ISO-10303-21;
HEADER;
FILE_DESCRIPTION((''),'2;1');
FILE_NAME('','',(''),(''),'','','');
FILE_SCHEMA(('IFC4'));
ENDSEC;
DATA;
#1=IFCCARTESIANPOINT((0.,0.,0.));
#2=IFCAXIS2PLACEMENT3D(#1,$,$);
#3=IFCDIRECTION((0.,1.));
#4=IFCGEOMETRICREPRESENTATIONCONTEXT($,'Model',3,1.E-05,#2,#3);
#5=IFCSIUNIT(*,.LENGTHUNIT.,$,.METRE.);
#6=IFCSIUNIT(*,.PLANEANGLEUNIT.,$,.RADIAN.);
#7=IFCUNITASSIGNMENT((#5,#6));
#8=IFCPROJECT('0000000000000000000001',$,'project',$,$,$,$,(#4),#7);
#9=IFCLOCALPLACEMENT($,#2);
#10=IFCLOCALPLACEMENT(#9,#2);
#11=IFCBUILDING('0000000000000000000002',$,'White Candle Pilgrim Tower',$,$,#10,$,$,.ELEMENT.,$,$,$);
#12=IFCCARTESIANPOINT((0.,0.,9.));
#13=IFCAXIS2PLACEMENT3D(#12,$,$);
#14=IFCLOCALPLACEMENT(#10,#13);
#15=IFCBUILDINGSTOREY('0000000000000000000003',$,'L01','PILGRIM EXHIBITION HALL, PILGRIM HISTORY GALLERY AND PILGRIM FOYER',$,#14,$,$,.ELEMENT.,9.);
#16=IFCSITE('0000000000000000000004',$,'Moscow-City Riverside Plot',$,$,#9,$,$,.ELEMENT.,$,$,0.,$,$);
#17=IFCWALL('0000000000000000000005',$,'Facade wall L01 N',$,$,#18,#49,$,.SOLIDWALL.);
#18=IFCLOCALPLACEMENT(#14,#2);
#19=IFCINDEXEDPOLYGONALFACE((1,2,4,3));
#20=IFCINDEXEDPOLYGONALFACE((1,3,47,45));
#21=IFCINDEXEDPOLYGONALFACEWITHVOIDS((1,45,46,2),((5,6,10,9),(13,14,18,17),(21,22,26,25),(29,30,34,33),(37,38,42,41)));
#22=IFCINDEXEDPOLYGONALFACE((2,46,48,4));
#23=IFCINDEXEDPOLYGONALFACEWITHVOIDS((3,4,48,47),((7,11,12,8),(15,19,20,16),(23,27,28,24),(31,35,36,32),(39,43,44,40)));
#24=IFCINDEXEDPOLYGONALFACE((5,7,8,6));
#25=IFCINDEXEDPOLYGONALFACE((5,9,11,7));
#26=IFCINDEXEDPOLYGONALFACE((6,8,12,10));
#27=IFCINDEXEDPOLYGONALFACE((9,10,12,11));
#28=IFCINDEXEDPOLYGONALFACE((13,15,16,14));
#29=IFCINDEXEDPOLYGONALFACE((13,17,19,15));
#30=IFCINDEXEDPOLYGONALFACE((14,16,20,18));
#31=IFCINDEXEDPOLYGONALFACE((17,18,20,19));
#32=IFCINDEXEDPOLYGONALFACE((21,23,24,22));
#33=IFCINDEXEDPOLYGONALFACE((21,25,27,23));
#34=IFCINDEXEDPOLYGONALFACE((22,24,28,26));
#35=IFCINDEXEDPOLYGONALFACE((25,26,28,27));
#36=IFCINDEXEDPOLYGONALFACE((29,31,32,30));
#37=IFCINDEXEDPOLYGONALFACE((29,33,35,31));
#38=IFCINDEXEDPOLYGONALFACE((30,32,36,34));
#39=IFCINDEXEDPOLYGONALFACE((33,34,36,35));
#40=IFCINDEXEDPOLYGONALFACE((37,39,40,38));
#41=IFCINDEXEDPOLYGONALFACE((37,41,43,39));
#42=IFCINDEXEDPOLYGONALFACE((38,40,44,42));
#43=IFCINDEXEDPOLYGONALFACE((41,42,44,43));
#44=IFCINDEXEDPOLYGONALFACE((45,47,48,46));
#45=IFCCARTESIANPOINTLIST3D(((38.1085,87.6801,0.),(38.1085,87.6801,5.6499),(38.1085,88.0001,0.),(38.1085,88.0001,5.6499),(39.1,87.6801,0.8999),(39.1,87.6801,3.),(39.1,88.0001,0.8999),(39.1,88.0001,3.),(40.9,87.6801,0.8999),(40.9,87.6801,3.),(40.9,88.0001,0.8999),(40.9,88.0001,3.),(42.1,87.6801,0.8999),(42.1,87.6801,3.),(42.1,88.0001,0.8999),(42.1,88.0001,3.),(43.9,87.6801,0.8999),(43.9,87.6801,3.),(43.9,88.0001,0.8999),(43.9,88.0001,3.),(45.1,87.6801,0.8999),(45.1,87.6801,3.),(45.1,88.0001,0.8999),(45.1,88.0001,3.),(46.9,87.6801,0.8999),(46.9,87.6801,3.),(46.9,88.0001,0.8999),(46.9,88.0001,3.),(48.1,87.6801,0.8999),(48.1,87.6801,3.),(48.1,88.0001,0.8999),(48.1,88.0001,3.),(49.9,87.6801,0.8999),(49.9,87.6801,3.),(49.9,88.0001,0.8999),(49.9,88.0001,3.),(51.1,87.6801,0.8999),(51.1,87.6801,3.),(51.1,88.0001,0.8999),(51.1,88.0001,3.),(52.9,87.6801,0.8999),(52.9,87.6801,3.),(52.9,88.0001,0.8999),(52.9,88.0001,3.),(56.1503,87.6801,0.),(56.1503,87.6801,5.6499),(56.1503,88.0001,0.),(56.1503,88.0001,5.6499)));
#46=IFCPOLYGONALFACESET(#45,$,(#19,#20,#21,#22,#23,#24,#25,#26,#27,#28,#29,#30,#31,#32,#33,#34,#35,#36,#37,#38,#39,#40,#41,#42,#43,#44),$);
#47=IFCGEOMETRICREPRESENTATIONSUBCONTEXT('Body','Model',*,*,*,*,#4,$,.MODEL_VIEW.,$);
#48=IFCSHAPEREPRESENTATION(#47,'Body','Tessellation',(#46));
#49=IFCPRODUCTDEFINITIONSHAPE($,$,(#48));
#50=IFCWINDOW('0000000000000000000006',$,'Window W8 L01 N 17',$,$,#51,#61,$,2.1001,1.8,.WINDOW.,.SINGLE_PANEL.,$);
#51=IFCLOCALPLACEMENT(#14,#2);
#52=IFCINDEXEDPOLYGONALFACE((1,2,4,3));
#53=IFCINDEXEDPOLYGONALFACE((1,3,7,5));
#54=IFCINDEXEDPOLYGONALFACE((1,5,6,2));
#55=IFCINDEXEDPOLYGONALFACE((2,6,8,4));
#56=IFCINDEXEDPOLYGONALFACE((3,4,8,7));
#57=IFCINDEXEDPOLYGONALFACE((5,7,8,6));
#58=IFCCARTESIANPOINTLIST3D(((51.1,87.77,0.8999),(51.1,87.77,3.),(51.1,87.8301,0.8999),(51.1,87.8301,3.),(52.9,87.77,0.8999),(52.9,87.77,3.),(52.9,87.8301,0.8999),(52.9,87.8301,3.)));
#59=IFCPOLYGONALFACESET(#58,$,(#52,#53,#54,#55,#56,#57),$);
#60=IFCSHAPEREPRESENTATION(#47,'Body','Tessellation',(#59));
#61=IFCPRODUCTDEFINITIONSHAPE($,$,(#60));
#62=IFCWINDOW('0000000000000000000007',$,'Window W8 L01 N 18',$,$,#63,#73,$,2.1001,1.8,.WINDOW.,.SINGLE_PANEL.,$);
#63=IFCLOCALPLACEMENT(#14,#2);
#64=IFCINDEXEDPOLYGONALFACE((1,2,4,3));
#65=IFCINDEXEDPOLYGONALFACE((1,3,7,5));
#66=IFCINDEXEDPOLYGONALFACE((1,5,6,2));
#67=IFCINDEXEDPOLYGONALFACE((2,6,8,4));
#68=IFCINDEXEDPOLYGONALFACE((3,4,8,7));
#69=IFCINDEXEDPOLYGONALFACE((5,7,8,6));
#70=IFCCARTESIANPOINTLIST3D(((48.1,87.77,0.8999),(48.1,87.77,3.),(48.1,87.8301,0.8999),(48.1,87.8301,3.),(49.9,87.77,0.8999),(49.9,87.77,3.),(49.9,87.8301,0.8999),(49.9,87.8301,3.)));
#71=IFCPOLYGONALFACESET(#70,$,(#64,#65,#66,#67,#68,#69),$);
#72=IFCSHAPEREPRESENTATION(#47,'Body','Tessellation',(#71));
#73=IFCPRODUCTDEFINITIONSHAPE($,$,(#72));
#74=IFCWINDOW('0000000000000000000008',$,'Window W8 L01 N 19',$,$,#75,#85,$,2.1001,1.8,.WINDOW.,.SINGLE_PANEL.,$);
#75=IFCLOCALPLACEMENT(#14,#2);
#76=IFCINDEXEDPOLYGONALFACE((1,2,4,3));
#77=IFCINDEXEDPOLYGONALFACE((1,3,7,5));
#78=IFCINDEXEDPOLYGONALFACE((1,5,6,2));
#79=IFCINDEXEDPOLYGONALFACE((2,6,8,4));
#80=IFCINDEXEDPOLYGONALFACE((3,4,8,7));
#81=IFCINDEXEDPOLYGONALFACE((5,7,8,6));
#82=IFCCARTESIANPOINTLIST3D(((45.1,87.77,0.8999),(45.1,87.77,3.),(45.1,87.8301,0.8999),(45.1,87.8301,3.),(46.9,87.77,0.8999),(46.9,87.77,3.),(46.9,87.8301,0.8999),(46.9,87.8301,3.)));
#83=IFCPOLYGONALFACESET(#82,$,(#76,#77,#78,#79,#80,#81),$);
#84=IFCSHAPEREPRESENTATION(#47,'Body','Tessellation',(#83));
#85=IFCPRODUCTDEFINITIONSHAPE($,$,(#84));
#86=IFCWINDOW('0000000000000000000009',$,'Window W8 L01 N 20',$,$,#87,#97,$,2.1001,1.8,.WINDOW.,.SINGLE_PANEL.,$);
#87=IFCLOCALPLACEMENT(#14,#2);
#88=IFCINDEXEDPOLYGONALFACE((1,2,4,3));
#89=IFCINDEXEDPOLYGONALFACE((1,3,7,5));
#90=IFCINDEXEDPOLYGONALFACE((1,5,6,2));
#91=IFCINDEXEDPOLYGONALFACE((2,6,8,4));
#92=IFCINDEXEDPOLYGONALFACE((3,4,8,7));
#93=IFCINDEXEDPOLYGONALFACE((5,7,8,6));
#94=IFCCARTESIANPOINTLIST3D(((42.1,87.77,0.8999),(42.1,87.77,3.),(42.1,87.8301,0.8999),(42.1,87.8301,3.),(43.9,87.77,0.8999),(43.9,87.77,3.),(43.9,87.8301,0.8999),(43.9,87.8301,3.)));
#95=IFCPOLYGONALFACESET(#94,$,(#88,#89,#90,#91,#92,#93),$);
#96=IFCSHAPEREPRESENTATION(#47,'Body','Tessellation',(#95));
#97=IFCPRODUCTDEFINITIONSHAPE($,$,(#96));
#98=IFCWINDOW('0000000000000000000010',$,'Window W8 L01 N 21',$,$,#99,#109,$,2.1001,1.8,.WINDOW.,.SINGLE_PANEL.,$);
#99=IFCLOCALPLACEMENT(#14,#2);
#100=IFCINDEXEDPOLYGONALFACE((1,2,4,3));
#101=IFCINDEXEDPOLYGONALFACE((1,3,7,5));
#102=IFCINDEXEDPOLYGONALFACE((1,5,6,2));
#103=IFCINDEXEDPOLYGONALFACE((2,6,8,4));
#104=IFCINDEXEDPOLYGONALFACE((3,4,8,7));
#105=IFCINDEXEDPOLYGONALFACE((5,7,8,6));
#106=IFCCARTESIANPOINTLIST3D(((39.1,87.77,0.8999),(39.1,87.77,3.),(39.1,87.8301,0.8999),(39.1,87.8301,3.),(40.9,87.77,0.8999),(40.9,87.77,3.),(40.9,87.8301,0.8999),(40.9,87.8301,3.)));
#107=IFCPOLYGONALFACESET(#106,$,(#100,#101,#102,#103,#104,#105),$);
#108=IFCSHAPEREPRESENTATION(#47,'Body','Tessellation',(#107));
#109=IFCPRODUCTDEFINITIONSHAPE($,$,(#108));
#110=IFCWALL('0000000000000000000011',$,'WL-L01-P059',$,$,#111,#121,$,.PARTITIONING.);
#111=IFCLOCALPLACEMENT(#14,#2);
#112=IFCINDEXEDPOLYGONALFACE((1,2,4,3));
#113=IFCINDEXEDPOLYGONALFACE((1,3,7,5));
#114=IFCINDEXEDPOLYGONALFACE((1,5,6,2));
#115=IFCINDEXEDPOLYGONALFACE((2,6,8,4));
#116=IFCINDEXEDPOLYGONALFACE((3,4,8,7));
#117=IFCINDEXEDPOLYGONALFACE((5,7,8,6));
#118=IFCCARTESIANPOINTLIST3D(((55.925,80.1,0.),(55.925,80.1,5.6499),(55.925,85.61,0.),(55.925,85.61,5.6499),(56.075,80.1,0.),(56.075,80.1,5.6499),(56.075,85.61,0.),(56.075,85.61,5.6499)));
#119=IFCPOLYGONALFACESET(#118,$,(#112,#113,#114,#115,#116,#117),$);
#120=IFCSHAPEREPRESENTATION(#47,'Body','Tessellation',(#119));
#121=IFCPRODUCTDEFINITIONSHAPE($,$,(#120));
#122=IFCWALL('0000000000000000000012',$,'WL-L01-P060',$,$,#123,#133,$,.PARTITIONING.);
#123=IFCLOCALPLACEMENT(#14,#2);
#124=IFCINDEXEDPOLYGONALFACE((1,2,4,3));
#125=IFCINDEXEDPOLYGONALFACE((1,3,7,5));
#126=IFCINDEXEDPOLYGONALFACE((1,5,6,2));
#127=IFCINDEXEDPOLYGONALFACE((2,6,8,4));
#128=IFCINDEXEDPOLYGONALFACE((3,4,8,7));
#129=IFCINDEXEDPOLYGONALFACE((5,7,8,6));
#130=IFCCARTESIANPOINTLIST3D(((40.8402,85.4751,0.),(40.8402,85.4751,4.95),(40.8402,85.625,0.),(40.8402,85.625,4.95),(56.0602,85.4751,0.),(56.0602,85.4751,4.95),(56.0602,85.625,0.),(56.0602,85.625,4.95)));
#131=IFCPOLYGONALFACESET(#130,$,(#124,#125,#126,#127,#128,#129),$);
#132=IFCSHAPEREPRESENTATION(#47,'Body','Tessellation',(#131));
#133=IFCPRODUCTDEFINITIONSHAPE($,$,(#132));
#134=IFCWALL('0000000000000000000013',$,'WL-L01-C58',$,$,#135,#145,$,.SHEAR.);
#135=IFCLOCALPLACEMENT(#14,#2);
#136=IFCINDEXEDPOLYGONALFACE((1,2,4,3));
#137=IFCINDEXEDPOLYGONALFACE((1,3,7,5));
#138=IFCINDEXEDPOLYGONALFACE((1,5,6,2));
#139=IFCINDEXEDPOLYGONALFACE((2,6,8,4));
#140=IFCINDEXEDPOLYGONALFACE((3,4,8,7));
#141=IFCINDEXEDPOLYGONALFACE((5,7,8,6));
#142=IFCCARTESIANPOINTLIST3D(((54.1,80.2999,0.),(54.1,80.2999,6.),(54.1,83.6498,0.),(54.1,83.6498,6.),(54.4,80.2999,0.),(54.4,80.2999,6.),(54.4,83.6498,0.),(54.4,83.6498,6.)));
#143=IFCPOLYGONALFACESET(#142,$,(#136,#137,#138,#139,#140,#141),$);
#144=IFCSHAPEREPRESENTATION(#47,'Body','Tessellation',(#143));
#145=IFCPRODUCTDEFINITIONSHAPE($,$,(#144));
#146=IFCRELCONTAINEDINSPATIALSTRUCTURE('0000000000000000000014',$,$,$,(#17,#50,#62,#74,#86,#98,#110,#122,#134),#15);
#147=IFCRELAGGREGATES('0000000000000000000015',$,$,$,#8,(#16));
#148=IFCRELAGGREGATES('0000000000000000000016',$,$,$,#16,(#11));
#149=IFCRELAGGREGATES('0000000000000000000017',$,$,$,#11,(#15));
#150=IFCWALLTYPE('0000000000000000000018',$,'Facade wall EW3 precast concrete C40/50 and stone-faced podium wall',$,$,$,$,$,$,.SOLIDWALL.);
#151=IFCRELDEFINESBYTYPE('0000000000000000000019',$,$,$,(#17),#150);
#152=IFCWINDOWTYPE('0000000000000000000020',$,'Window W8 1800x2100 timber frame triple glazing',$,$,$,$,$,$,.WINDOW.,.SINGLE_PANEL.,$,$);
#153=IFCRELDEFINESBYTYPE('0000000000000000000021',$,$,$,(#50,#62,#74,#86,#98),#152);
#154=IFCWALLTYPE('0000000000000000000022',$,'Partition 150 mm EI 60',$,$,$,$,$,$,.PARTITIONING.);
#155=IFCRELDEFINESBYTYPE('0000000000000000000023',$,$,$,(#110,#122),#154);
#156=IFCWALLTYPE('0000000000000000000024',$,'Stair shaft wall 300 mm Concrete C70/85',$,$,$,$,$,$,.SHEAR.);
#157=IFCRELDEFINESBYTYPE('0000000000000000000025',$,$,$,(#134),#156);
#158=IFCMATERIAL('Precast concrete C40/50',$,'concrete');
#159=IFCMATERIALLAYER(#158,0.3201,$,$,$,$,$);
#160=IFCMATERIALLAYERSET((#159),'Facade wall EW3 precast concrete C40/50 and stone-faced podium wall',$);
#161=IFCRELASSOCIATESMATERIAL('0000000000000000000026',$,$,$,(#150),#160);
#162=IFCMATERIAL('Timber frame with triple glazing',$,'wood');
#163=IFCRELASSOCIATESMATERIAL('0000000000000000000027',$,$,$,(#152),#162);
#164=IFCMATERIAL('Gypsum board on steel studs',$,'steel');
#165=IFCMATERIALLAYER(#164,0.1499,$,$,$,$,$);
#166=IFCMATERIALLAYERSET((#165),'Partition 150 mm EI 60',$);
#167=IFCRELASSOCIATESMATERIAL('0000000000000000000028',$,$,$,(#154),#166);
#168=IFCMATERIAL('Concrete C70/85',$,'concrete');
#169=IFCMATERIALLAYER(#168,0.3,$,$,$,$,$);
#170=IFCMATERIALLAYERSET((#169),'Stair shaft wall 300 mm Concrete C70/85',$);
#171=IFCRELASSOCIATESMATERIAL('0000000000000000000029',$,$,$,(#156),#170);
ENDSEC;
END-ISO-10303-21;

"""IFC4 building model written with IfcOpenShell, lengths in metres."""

from ifc_helpers import new_model, si_unit, direction, frame, frame_2d, origin, place, context, subcontext, project, spatial, rectangle, extrude, material, layer, layer_set, type_object, element, fill, save


model = new_model("IFC4")

# Units and contexts
model_context = context("Model", 3, precision=1e-05, world=origin(), true_north=direction((0.0, 1.0)))
body_context = subcontext(model_context, "Body", "Model", "MODEL_VIEW")
ifc_project = project(units=[si_unit("LENGTHUNIT", "METRE"), si_unit("PLANEANGLEUNIT", "RADIAN")], contexts=[model_context])

# Site, building, storey
site_placement = place(None, origin())
site = spatial("IfcSite", under=ifc_project, at=site_placement, Name="Moscow-City Riverside Plot", CompositionType="ELEMENT", RefElevation=0.0)
building_placement = place(site_placement, origin())
building = spatial("IfcBuilding", under=site, at=building_placement, Name="White Candle Pilgrim Tower", CompositionType="ELEMENT")
storey_placement = place(building_placement, frame((0.0, 0.0, 9.0)))
storey = spatial("IfcBuildingStorey", under=building, at=storey_placement, Name="L01", Description="PILGRIM EXHIBITION HALL, PILGRIM HISTORY GALLERY AND PILGRIM FOYER", CompositionType="ELEMENT", Elevation=9.0)

# Wall, openings, windows
ifc_material_1 = material(Name="Precast concrete C40/50", Category="concrete")
ifc_layer_1 = layer(ifc_material_1, 0.3201)
ifc_layer_set_1 = layer_set([ifc_layer_1], Name="Facade wall EW3 precast concrete C40/50 and stone-faced podium wall")
wall_type_1 = type_object("IfcWallType", Name="Facade wall EW3 precast concrete C40/50 and stone-faced podium wall", PredefinedType="SOLIDWALL", material=ifc_layer_set_1)
wall_1_placement = place(storey_placement, frame((56.1504, 87.8401, 0.0), z_axis=(0.0, 0.0, 1.0), x_axis=(-1.0, 0.0, 0.0)))
wall_1 = element("IfcWall", 1, at=wall_1_placement, inside=storey, type_object=wall_type_1, Name="Facade wall L01 N", PredefinedType="SOLIDWALL", context=body_context, shape_type="SweptSolid", body=[
    extrude(rectangle(XDim=18.0417, YDim=0.3201, at=frame_2d((9.021, 0.0))), origin(), (0.0, 0.0, 1.0), 5.6499),
])
opening_1_placement = place(wall_1_placement, frame((3.2505, 0.0, 0.8999)))
opening_1 = element("IfcOpeningElement", 2, at=opening_1_placement, cuts=wall_1, PredefinedType="OPENING", context=body_context, shape_type="SweptSolid", body=[
    extrude(rectangle(XDim=1.8, YDim=2.1001, at=frame_2d((0.8999, 1.05))), frame((0.0, 0.1699, 0.0), z_axis=(0.0, -1.0, 0.0), x_axis=(1.0, 0.0, 0.0)), (0.0, 0.0, 1.0), 0.3401),
])
opening_2_placement = place(wall_1_placement, frame((6.2505, 0.0, 0.8999)))
opening_2 = element("IfcOpeningElement", 3, at=opening_2_placement, cuts=wall_1, PredefinedType="OPENING", context=body_context, shape_type="SweptSolid", body=[
    extrude(rectangle(XDim=1.8, YDim=2.1001, at=frame_2d((0.8999, 1.05))), frame((0.0, 0.1699, 0.0), z_axis=(0.0, -1.0, 0.0), x_axis=(1.0, 0.0, 0.0)), (0.0, 0.0, 1.0), 0.3401),
])
opening_3_placement = place(wall_1_placement, frame((9.2505, 0.0, 0.8999)))
opening_3 = element("IfcOpeningElement", 4, at=opening_3_placement, cuts=wall_1, PredefinedType="OPENING", context=body_context, shape_type="SweptSolid", body=[
    extrude(rectangle(XDim=1.8, YDim=2.1001, at=frame_2d((0.8999, 1.05))), frame((0.0, 0.1699, 0.0), z_axis=(0.0, -1.0, 0.0), x_axis=(1.0, 0.0, 0.0)), (0.0, 0.0, 1.0), 0.3401),
])
opening_4_placement = place(wall_1_placement, frame((12.2505, 0.0, 0.8999)))
opening_4 = element("IfcOpeningElement", 5, at=opening_4_placement, cuts=wall_1, PredefinedType="OPENING", context=body_context, shape_type="SweptSolid", body=[
    extrude(rectangle(XDim=1.8, YDim=2.1001, at=frame_2d((0.8999, 1.05))), frame((0.0, 0.1699, 0.0), z_axis=(0.0, -1.0, 0.0), x_axis=(1.0, 0.0, 0.0)), (0.0, 0.0, 1.0), 0.3401),
])
opening_5_placement = place(wall_1_placement, frame((15.2505, 0.0, 0.8999)))
opening_5 = element("IfcOpeningElement", 6, at=opening_5_placement, cuts=wall_1, PredefinedType="OPENING", context=body_context, shape_type="SweptSolid", body=[
    extrude(rectangle(XDim=1.8, YDim=2.1001, at=frame_2d((0.8999, 1.05))), frame((0.0, 0.1699, 0.0), z_axis=(0.0, -1.0, 0.0), x_axis=(1.0, 0.0, 0.0)), (0.0, 0.0, 1.0), 0.3401),
])
ifc_material_2 = material(Name="Timber frame with triple glazing", Category="wood")
window_type = type_object("IfcWindowType", Name="Window W8 1800x2100 timber frame triple glazing", PartitioningType="SINGLE_PANEL", PredefinedType="WINDOW", material=ifc_material_2)
window_1_placement = place(opening_1_placement, origin())
window_1 = element("IfcWindow", 7, at=window_1_placement, inside=storey, type_object=window_type, Name="Window W8 L01 N 17", OverallHeight=2.1001, OverallWidth=1.8, PartitioningType="SINGLE_PANEL", PredefinedType="WINDOW", context=body_context, shape_type="SweptSolid", body=[
    extrude(rectangle(XDim=1.8, YDim=2.1001, at=frame_2d((0.8999, 1.05))), frame((0.0, 0.0701, 0.0), z_axis=(0.0, -1.0, 0.0), x_axis=(1.0, 0.0, 0.0)), (0.0, 0.0, 1.0), 0.0601),
])
fill(opening_1, window_1)
window_2_placement = place(opening_2_placement, origin())
window_2 = element("IfcWindow", 8, at=window_2_placement, inside=storey, type_object=window_type, Name="Window W8 L01 N 18", OverallHeight=2.1001, OverallWidth=1.8, PartitioningType="SINGLE_PANEL", PredefinedType="WINDOW", context=body_context, shape_type="SweptSolid", body=[
    extrude(rectangle(XDim=1.8, YDim=2.1001, at=frame_2d((0.8999, 1.05))), frame((0.0, 0.0701, 0.0), z_axis=(0.0, -1.0, 0.0), x_axis=(1.0, 0.0, 0.0)), (0.0, 0.0, 1.0), 0.0601),
])
fill(opening_2, window_2)
window_3_placement = place(opening_3_placement, origin())
window_3 = element("IfcWindow", 9, at=window_3_placement, inside=storey, type_object=window_type, Name="Window W8 L01 N 19", OverallHeight=2.1001, OverallWidth=1.8, PartitioningType="SINGLE_PANEL", PredefinedType="WINDOW", context=body_context, shape_type="SweptSolid", body=[
    extrude(rectangle(XDim=1.8, YDim=2.1001, at=frame_2d((0.8999, 1.05))), frame((0.0, 0.0701, 0.0), z_axis=(0.0, -1.0, 0.0), x_axis=(1.0, 0.0, 0.0)), (0.0, 0.0, 1.0), 0.0601),
])
fill(opening_3, window_3)
window_4_placement = place(opening_4_placement, origin())
window_4 = element("IfcWindow", 10, at=window_4_placement, inside=storey, type_object=window_type, Name="Window W8 L01 N 20", OverallHeight=2.1001, OverallWidth=1.8, PartitioningType="SINGLE_PANEL", PredefinedType="WINDOW", context=body_context, shape_type="SweptSolid", body=[
    extrude(rectangle(XDim=1.8, YDim=2.1001, at=frame_2d((0.8999, 1.05))), frame((0.0, 0.0701, 0.0), z_axis=(0.0, -1.0, 0.0), x_axis=(1.0, 0.0, 0.0)), (0.0, 0.0, 1.0), 0.0601),
])
fill(opening_4, window_4)
window_5_placement = place(opening_5_placement, origin())
window_5 = element("IfcWindow", 11, at=window_5_placement, inside=storey, type_object=window_type, Name="Window W8 L01 N 21", OverallHeight=2.1001, OverallWidth=1.8, PartitioningType="SINGLE_PANEL", PredefinedType="WINDOW", context=body_context, shape_type="SweptSolid", body=[
    extrude(rectangle(XDim=1.8, YDim=2.1001, at=frame_2d((0.8999, 1.05))), frame((0.0, 0.0701, 0.0), z_axis=(0.0, -1.0, 0.0), x_axis=(1.0, 0.0, 0.0)), (0.0, 0.0, 1.0), 0.0601),
])
fill(opening_5, window_5)

# Walls
ifc_material_3 = material(Name="Gypsum board on steel studs", Category="steel")
ifc_layer_2 = layer(ifc_material_3, 0.1499)
ifc_layer_set_2 = layer_set([ifc_layer_2], Name="Partition 150 mm EI 60")
wall_type_2 = type_object("IfcWallType", Name="Partition 150 mm EI 60", PredefinedType="PARTITIONING", material=ifc_layer_set_2)
wall_2_placement = place(storey_placement, frame((56.0, 80.1001, 0.0), z_axis=(0.0, 0.0, 1.0), x_axis=(0.0, 1.0, 0.0)))
element("IfcWall", 12, at=wall_2_placement, inside=storey, type_object=wall_type_2, Name="WL-L01-P059", PredefinedType="PARTITIONING", context=body_context, shape_type="SweptSolid", body=[
    extrude(rectangle(XDim=5.51, YDim=0.1499, at=frame_2d((2.7549, 0.0))), origin(), (0.0, 0.0, 1.0), 5.6499),
])
wall_3_placement = place(storey_placement, frame((56.0601, 85.55, 0.0), z_axis=(0.0, 0.0, 1.0), x_axis=(-1.0, 0.0, 0.0)))
element("IfcWall", 13, at=wall_3_placement, inside=storey, type_object=wall_type_2, Name="WL-L01-P060", PredefinedType="PARTITIONING", context=body_context, shape_type="SweptSolid", body=[
    extrude(rectangle(XDim=15.22, YDim=0.1499, at=frame_2d((7.6099, 0.0))), origin(), (0.0, 0.0, 1.0), 4.95),
])
ifc_material_4 = material(Name="Concrete C70/85", Category="concrete")
ifc_layer_3 = layer(ifc_material_4, 0.3)
ifc_layer_set_3 = layer_set([ifc_layer_3], Name="Stair shaft wall 300 mm Concrete C70/85")
wall_type_3 = type_object("IfcWallType", Name="Stair shaft wall 300 mm Concrete C70/85", PredefinedType="SHEAR", material=ifc_layer_set_3)
wall_4_placement = place(storey_placement, frame((54.25, 80.3, 0.0), z_axis=(0.0, 0.0, 1.0), x_axis=(0.0, 1.0, 0.0)))
element("IfcWall", 14, at=wall_4_placement, inside=storey, type_object=wall_type_3, Name="WL-L01-C58", PredefinedType="SHEAR", context=body_context, shape_type="SweptSolid", body=[
    extrude(rectangle(XDim=3.3499, YDim=0.3, at=frame_2d((1.6748, 0.0))), origin(), (0.0, 0.0, 1.0), 6.0),
])

save(model, "model.ifc")
